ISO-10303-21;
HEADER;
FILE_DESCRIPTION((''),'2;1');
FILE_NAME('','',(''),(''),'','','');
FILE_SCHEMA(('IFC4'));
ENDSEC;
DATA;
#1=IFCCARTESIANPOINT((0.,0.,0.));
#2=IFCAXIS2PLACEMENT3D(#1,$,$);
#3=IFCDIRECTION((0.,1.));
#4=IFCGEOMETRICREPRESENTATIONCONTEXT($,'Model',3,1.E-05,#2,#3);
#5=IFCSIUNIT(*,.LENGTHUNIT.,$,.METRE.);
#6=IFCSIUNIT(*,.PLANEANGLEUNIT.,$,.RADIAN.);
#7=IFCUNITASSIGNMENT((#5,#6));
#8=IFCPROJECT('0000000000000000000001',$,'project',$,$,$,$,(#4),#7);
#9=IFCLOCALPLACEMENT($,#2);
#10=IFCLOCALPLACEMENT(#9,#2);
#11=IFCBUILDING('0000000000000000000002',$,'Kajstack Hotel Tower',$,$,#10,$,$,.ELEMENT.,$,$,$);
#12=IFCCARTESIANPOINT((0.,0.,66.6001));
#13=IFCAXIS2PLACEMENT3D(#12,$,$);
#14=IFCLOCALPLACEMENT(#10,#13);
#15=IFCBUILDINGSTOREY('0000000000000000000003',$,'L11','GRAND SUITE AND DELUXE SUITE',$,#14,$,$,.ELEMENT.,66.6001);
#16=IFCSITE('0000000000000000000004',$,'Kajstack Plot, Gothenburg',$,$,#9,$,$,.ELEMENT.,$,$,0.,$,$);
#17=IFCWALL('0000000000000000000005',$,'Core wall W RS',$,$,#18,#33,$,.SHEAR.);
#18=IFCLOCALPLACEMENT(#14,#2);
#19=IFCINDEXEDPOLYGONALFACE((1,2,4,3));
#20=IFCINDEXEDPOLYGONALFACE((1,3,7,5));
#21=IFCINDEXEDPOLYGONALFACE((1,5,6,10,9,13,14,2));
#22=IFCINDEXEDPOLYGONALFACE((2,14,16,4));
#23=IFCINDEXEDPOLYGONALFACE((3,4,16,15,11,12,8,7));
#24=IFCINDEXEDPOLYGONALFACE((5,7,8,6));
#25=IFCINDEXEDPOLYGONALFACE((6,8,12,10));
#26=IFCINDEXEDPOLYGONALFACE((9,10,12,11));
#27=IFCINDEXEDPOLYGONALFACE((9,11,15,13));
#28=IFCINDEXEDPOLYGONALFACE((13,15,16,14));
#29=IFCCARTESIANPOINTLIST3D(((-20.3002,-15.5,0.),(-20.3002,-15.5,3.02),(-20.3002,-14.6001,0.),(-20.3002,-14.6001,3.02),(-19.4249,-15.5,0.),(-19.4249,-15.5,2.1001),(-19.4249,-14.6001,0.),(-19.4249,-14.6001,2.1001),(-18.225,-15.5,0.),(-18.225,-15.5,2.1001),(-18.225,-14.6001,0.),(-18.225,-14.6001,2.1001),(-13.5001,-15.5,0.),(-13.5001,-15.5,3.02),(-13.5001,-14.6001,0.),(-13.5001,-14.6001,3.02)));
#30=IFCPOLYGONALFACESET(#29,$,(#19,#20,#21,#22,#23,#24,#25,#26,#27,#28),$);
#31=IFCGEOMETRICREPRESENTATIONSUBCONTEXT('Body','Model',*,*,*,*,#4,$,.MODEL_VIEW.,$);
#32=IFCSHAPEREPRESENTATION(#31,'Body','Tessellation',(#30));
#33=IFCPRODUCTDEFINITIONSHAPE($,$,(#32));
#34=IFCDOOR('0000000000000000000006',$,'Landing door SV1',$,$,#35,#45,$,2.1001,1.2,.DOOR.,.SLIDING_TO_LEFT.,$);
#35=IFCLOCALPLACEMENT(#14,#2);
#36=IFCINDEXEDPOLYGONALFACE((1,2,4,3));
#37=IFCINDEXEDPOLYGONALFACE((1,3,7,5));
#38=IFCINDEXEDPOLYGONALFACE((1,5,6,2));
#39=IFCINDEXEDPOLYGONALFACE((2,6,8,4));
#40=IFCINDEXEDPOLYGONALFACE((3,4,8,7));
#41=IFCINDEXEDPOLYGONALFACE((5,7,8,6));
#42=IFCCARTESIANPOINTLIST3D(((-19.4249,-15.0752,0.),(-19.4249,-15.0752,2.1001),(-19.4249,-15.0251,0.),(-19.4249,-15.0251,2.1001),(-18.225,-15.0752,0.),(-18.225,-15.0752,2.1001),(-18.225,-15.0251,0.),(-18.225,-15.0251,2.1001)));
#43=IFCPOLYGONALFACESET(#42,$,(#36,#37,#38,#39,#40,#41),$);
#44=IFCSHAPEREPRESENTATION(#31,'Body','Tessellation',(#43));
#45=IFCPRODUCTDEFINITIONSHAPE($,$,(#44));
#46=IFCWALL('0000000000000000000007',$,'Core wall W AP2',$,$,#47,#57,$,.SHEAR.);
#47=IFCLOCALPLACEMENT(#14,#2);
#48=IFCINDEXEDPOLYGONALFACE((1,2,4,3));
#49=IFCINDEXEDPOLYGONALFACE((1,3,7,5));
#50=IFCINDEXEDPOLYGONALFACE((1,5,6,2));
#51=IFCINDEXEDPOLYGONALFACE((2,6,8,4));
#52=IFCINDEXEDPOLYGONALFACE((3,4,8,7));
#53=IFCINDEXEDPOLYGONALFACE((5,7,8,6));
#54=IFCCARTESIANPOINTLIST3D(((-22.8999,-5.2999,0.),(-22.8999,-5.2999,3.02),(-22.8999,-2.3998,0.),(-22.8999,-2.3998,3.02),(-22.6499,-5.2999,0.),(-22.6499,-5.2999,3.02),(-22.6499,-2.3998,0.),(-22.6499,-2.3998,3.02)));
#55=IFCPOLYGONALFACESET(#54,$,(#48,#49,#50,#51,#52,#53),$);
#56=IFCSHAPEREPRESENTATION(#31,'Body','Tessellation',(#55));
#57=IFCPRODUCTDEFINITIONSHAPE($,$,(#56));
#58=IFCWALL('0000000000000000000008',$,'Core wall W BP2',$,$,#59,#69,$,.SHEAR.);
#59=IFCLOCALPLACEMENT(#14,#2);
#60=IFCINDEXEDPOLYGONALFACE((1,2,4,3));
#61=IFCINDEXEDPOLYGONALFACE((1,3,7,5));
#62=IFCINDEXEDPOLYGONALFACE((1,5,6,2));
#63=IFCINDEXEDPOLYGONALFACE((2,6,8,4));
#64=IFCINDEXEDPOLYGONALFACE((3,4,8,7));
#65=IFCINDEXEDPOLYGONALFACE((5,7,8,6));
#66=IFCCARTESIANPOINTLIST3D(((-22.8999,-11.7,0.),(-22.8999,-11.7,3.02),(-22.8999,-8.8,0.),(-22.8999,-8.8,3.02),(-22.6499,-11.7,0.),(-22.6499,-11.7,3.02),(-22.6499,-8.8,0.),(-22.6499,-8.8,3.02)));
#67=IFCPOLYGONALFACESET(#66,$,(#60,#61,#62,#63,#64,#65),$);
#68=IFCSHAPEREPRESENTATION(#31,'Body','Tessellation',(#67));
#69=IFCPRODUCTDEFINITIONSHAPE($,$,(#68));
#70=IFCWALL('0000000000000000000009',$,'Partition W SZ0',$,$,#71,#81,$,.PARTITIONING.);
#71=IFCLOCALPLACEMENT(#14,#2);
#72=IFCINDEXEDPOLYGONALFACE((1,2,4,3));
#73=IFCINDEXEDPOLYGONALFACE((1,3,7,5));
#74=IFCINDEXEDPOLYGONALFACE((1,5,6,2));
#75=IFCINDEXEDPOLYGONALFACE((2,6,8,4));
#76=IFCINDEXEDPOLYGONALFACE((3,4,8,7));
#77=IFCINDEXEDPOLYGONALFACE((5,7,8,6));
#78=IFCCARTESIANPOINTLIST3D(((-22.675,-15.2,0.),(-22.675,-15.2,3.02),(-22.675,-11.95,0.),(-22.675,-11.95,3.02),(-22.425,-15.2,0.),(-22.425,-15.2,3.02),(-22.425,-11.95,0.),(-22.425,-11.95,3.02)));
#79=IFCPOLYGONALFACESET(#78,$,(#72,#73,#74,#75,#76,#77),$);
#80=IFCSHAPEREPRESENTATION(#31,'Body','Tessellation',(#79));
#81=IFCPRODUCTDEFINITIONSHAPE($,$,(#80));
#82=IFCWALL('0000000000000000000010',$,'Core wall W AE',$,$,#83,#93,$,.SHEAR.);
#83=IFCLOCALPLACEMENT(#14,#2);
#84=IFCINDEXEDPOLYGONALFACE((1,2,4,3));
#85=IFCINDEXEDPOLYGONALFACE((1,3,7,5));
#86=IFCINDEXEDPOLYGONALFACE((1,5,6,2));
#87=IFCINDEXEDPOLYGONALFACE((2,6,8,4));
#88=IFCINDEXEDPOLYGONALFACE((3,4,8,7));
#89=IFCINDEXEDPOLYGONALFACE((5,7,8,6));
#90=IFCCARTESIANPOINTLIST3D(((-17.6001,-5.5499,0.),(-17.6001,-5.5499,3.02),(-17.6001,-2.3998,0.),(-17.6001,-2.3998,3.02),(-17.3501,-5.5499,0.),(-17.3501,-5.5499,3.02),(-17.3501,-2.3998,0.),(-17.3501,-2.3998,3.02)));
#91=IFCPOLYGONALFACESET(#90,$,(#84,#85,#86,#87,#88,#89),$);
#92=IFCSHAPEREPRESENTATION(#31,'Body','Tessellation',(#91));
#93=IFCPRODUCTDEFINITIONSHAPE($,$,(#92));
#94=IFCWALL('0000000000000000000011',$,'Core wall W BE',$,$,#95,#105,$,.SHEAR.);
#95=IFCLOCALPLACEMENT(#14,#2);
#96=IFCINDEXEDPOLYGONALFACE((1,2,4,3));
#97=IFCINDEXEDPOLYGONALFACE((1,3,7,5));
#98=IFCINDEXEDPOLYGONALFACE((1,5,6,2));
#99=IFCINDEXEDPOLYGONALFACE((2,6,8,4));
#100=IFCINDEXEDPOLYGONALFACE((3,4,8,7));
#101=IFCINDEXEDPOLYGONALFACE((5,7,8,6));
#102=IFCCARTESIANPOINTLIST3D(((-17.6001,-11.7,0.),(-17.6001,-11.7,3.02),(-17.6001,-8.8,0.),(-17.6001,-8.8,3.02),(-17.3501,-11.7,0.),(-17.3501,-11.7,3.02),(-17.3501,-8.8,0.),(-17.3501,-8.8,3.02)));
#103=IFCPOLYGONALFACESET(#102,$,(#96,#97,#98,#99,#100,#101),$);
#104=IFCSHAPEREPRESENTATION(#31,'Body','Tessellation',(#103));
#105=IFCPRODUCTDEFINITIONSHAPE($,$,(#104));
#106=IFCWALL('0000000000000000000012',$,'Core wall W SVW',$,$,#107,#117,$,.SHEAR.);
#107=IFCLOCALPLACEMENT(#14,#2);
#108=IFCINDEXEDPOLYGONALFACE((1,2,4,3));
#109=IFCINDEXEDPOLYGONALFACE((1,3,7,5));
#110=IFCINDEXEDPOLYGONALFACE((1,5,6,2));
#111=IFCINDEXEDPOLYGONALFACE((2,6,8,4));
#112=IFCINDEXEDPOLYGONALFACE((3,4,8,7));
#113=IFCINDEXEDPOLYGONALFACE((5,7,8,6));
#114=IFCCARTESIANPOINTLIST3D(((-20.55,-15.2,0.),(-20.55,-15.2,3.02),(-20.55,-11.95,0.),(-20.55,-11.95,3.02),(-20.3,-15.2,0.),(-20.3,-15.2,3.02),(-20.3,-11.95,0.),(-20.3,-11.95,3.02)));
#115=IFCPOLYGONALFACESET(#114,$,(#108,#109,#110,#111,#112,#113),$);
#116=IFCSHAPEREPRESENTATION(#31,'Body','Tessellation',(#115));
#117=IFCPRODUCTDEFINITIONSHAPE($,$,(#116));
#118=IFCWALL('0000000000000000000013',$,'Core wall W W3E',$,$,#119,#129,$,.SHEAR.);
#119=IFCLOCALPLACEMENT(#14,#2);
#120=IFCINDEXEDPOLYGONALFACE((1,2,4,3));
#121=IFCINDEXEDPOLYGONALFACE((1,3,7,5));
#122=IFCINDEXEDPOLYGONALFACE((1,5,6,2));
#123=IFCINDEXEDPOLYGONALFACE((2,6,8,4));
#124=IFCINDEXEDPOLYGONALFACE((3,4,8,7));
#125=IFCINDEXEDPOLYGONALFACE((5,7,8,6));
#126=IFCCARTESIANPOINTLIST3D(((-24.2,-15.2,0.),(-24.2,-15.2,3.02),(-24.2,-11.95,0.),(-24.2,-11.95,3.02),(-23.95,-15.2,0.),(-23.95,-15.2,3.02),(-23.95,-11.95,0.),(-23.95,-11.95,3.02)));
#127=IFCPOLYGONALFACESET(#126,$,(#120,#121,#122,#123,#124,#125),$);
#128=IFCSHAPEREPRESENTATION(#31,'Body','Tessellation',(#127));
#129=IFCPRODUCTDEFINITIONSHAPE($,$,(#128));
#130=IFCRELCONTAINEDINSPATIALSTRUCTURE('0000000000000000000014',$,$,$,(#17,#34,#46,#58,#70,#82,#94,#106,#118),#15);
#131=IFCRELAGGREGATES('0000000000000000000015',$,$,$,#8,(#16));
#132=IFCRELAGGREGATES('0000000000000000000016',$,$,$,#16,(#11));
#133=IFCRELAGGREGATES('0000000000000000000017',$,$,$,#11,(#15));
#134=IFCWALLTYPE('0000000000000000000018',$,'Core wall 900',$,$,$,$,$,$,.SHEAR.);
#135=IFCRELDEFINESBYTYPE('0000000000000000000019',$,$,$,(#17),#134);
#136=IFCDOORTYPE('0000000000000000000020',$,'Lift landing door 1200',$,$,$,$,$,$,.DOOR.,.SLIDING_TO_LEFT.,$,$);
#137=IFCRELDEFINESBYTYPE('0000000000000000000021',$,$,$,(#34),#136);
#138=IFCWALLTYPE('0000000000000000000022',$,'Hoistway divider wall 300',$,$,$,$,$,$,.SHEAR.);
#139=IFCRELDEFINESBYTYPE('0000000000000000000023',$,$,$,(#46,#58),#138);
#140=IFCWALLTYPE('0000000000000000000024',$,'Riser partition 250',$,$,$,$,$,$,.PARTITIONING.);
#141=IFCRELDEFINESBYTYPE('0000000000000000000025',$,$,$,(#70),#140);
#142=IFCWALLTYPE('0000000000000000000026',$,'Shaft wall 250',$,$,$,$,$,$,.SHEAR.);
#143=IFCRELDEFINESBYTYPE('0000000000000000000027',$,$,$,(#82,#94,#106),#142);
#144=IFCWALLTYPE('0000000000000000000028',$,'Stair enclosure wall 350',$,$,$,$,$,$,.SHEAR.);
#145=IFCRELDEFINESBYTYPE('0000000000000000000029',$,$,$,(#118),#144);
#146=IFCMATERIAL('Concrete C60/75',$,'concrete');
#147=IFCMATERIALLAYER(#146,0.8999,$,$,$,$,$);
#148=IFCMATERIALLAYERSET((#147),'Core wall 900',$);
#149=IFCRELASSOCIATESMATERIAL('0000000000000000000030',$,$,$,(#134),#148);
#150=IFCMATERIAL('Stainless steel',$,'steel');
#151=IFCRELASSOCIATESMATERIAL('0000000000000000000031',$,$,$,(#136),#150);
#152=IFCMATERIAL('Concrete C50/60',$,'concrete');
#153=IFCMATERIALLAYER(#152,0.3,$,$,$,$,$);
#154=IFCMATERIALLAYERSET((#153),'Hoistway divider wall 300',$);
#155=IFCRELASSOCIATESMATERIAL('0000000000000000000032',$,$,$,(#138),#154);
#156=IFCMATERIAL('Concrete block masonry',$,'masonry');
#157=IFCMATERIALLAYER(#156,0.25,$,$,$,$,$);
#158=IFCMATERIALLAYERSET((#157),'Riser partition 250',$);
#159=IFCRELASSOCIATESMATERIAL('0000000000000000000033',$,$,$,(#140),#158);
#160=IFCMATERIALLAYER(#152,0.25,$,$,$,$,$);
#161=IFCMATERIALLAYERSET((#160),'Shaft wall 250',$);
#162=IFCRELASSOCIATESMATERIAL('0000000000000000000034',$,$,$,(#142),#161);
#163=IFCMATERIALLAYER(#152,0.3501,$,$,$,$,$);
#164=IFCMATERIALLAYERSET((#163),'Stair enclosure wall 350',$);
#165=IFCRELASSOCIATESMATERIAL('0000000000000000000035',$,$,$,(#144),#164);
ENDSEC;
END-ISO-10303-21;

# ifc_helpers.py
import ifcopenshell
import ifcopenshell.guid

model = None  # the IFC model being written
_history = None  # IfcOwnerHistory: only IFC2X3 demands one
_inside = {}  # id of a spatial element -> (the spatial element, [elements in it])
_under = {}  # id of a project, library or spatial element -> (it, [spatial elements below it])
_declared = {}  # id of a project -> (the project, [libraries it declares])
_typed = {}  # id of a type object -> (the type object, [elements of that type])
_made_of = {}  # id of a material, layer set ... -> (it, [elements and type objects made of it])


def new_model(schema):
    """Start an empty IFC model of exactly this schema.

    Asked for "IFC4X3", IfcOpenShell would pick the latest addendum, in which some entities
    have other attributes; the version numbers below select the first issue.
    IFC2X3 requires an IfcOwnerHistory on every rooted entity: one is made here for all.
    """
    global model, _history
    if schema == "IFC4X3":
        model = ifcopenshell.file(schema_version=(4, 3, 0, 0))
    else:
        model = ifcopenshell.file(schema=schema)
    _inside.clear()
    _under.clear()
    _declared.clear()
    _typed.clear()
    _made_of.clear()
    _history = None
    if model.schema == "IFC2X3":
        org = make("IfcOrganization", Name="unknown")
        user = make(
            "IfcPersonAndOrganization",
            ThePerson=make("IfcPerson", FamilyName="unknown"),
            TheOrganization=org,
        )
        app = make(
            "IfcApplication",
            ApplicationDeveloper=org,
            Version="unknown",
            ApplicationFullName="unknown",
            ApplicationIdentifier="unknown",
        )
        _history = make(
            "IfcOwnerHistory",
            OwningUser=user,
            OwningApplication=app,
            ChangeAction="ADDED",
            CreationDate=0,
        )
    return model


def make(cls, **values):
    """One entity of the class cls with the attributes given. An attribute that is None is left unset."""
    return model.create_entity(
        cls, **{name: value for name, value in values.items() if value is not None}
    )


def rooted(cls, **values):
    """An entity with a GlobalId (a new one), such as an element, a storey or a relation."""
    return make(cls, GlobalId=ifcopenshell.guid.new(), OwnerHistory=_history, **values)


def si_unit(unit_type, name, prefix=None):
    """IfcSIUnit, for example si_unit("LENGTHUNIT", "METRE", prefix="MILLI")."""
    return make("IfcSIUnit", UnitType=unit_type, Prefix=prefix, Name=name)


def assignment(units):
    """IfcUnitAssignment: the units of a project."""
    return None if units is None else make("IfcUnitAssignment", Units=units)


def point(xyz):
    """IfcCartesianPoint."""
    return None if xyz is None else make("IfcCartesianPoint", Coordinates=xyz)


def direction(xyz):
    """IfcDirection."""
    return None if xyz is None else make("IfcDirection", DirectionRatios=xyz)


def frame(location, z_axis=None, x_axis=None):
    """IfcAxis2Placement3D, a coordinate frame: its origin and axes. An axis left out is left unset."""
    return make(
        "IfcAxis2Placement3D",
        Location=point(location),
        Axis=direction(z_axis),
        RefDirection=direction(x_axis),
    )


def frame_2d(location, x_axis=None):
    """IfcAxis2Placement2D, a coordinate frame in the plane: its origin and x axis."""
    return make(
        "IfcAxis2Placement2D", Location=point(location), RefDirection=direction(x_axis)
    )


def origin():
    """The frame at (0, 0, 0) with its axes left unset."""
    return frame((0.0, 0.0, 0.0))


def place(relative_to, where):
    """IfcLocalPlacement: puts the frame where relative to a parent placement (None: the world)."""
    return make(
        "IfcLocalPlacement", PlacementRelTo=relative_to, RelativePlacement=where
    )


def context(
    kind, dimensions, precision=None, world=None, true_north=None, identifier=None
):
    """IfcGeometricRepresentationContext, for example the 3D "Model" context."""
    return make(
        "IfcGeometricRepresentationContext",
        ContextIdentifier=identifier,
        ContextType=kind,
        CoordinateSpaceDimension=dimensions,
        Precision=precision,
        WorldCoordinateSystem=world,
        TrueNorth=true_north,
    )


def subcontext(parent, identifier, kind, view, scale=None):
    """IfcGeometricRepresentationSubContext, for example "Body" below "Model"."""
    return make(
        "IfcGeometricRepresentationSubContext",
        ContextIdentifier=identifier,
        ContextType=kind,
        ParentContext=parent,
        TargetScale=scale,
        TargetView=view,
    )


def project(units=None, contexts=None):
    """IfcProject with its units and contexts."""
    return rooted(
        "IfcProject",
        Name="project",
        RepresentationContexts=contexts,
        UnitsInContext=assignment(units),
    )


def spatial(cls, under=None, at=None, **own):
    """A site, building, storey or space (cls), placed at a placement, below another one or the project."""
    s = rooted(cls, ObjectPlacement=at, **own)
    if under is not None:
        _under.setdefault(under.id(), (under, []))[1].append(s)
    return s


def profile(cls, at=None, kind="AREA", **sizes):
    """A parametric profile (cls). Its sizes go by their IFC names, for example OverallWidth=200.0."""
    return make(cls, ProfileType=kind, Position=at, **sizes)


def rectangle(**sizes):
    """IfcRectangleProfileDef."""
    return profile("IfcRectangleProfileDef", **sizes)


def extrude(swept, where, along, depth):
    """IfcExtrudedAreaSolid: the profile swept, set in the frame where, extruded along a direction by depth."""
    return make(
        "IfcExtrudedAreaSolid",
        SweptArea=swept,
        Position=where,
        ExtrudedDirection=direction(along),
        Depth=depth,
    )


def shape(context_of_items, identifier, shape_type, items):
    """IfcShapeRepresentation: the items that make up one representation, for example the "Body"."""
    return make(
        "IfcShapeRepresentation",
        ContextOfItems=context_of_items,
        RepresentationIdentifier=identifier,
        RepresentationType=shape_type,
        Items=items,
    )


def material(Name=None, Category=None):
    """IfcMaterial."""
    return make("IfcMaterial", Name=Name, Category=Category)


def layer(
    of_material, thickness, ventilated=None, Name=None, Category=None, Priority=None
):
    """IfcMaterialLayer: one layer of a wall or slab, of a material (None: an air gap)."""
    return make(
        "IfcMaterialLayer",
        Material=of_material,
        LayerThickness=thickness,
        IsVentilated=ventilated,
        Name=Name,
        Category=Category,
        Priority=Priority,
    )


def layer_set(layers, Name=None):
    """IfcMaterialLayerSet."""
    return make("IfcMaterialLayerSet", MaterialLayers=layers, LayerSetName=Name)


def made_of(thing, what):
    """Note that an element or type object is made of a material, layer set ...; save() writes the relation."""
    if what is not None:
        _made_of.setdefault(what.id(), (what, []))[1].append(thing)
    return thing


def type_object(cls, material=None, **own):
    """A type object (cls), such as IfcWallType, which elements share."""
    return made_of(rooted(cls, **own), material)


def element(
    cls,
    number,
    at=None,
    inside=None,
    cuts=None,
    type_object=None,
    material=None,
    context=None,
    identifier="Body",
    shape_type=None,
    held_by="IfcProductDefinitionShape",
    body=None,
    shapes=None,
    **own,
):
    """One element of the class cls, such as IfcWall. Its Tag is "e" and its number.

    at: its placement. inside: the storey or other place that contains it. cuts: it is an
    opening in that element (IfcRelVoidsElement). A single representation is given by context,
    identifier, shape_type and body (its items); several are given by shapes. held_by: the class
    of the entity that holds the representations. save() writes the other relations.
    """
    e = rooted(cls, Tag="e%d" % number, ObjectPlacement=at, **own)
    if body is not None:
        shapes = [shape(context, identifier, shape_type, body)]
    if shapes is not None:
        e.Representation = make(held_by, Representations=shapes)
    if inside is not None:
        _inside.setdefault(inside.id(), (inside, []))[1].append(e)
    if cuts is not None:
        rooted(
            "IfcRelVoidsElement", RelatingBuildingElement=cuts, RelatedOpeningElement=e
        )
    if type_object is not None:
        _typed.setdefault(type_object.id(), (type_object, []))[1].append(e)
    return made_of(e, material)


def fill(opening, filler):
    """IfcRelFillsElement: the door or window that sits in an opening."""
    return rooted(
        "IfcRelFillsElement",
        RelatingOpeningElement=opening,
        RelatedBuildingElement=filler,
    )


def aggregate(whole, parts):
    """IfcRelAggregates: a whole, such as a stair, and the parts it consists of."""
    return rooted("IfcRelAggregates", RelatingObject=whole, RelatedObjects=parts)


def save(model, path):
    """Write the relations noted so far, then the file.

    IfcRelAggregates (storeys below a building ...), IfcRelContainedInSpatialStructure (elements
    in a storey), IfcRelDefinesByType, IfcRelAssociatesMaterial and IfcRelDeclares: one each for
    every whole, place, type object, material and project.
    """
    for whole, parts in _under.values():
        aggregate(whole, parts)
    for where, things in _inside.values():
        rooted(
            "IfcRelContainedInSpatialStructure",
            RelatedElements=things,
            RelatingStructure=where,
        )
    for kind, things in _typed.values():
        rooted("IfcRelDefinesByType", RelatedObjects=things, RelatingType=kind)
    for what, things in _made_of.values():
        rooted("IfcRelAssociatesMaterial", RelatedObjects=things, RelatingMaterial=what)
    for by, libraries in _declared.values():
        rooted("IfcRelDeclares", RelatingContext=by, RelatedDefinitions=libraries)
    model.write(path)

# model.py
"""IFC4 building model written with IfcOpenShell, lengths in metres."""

from ifc_helpers import new_model, si_unit, direction, frame, frame_2d, origin, place, context, subcontext, project, spatial, rectangle, extrude, material, layer, layer_set, type_object, element, fill, save


model = new_model("IFC4")

# Units and contexts
model_context = context("Model", 3, precision=1e-05, world=origin(), true_north=direction((0.0, 1.0)))
body_context = subcontext(model_context, "Body", "Model", "MODEL_VIEW")
ifc_project = project(units=[si_unit("LENGTHUNIT", "METRE"), si_unit("PLANEANGLEUNIT", "RADIAN")], contexts=[model_context])

# Site, building, storey
site_placement = place(None, origin())
site = spatial("IfcSite", under=ifc_project, at=site_placement, Name="Kajstack Plot, Gothenburg", CompositionType="ELEMENT", RefElevation=0.0)
building_placement = place(site_placement, origin())
building = spatial("IfcBuilding", under=site, at=building_placement, Name="Kajstack Hotel Tower", CompositionType="ELEMENT")
storey_placement = place(building_placement, frame((0.0, 0.0, 66.6001)))
storey = spatial("IfcBuildingStorey", under=building, at=storey_placement, Name="L11", Description="GRAND SUITE AND DELUXE SUITE", CompositionType="ELEMENT", Elevation=66.6001)

# Wall, opening, door
ifc_material_1 = material(Name="Concrete C60/75", Category="concrete")
ifc_layer_1 = layer(ifc_material_1, 0.8999)
ifc_layer_set_1 = layer_set([ifc_layer_1], Name="Core wall 900")
wall_type_1 = type_object("IfcWallType", Name="Core wall 900", PredefinedType="SHEAR", material=ifc_layer_set_1)
wall_1_placement = place(storey_placement, frame((-20.3, -15.05, 0.0), z_axis=(0.0, 0.0, 1.0), x_axis=(1.0, 0.0, 0.0)))
wall_1 = element("IfcWall", 1, at=wall_1_placement, inside=storey, type_object=wall_type_1, Name="Core wall W RS", PredefinedType="SHEAR", context=body_context, shape_type="SweptSolid", body=[
    extrude(rectangle(XDim=6.8, YDim=0.8999, at=frame_2d((3.3999, 0.0))), origin(), (0.0, 0.0, 1.0), 3.02),
])
opening_placement = place(wall_1_placement, frame((0.875, 0.0, 0.0)))
opening = element("IfcOpeningElement", 2, at=opening_placement, cuts=wall_1, PredefinedType="OPENING", context=body_context, shape_type="SweptSolid", body=[
    extrude(rectangle(XDim=1.2, YDim=2.1001, at=frame_2d((0.6001, 1.05))), frame((0.0, 0.46, 0.0), z_axis=(0.0, -1.0, 0.0), x_axis=(1.0, 0.0, 0.0)), (0.0, 0.0, 1.0), 0.9199),
])
ifc_material_2 = material(Name="Stainless steel", Category="steel")
door_type = type_object("IfcDoorType", Name="Lift landing door 1200", OperationType="SLIDING_TO_LEFT", PredefinedType="DOOR", material=ifc_material_2)
door_placement = place(opening_placement, origin())
door = element("IfcDoor", 3, at=door_placement, inside=storey, type_object=door_type, Name="Landing door SV1", OperationType="SLIDING_TO_LEFT", OverallHeight=2.1001, OverallWidth=1.2, PredefinedType="DOOR", context=body_context, shape_type="SweptSolid", body=[
    extrude(rectangle(XDim=1.2, YDim=2.1001, at=frame_2d((0.6001, 1.05))), frame((0.0, 0.0249, 0.0), z_axis=(0.0, -1.0, 0.0), x_axis=(1.0, 0.0, 0.0)), (0.0, 0.0, 1.0), 0.05),
])
fill(opening, door)

# Walls
ifc_material_3 = material(Name="Concrete C50/60", Category="concrete")
ifc_layer_2 = layer(ifc_material_3, 0.3)
ifc_layer_set_2 = layer_set([ifc_layer_2], Name="Hoistway divider wall 300")
wall_type_2 = type_object("IfcWallType", Name="Hoistway divider wall 300", PredefinedType="SHEAR", material=ifc_layer_set_2)
wall_2_placement = place(storey_placement, frame((-22.7749, -5.3, 0.0), z_axis=(0.0, 0.0, 1.0), x_axis=(0.0, 1.0, 0.0)))
element("IfcWall", 4, at=wall_2_placement, inside=storey, type_object=wall_type_2, Name="Core wall W AP2", PredefinedType="SHEAR", context=body_context, shape_type="SweptSolid", body=[
    extrude(rectangle(XDim=2.9001, YDim=0.25, at=frame_2d((1.4502, 0.0))), origin(), (0.0, 0.0, 1.0), 3.02),
])
wall_3_placement = place(storey_placement, frame((-22.7749, -11.7, 0.0), z_axis=(0.0, 0.0, 1.0), x_axis=(0.0, 1.0, 0.0)))
element("IfcWall", 5, at=wall_3_placement, inside=storey, type_object=wall_type_2, Name="Core wall W BP2", PredefinedType="SHEAR", context=body_context, shape_type="SweptSolid", body=[
    extrude(rectangle(XDim=2.8999, YDim=0.25, at=frame_2d((1.45, 0.0))), origin(), (0.0, 0.0, 1.0), 3.02),
])
ifc_material_4 = material(Name="Concrete block masonry", Category="masonry")
ifc_layer_3 = layer(ifc_material_4, 0.25)
ifc_layer_set_3 = layer_set([ifc_layer_3], Name="Riser partition 250")
wall_type_3 = type_object("IfcWallType", Name="Riser partition 250", PredefinedType="PARTITIONING", material=ifc_layer_set_3)
wall_4_placement = place(storey_placement, frame((-22.55, -15.2, 0.0), z_axis=(0.0, 0.0, 1.0), x_axis=(0.0, 1.0, 0.0)))
element("IfcWall", 6, at=wall_4_placement, inside=storey, type_object=wall_type_3, Name="Partition W SZ0", PredefinedType="PARTITIONING", context=body_context, shape_type="SweptSolid", body=[
    extrude(rectangle(XDim=3.25, YDim=0.25, at=frame_2d((1.625, 0.0))), origin(), (0.0, 0.0, 1.0), 3.02),
])
ifc_layer_4 = layer(ifc_material_3, 0.25)
ifc_layer_set_4 = layer_set([ifc_layer_4], Name="Shaft wall 250")
wall_type_4 = type_object("IfcWallType", Name="Shaft wall 250", PredefinedType="SHEAR", material=ifc_layer_set_4)
wall_5_placement = place(storey_placement, frame((-17.4751, -5.55, 0.0), z_axis=(0.0, 0.0, 1.0), x_axis=(0.0, 1.0, 0.0)))
element("IfcWall", 7, at=wall_5_placement, inside=storey, type_object=wall_type_4, Name="Core wall W AE", PredefinedType="SHEAR", context=body_context, shape_type="SweptSolid", body=[
    extrude(rectangle(XDim=3.1501, YDim=0.25, at=frame_2d((1.5752, 0.0))), origin(), (0.0, 0.0, 1.0), 3.02),
])
wall_6_placement = place(storey_placement, frame((-17.4751, -11.7, 0.0), z_axis=(0.0, 0.0, 1.0), x_axis=(0.0, 1.0, 0.0)))
element("IfcWall", 8, at=wall_6_placement, inside=storey, type_object=wall_type_4, Name="Core wall W BE", PredefinedType="SHEAR", context=body_context, shape_type="SweptSolid", body=[
    extrude(rectangle(XDim=2.8999, YDim=0.25, at=frame_2d((1.45, 0.0))), origin(), (0.0, 0.0, 1.0), 3.02),
])
wall_7_placement = place(storey_placement, frame((-20.425, -15.2, 0.0), z_axis=(0.0, 0.0, 1.0), x_axis=(0.0, 1.0, 0.0)))
element("IfcWall", 9, at=wall_7_placement, inside=storey, type_object=wall_type_4, Name="Core wall W SVW", PredefinedType="SHEAR", context=body_context, shape_type="SweptSolid", body=[
    extrude(rectangle(XDim=3.25, YDim=0.25, at=frame_2d((1.625, 0.0))), origin(), (0.0, 0.0, 1.0), 3.02),
])
ifc_layer_5 = layer(ifc_material_3, 0.3501)
ifc_layer_set_5 = layer_set([ifc_layer_5], Name="Stair enclosure wall 350")
wall_type_5 = type_object("IfcWallType", Name="Stair enclosure wall 350", PredefinedType="SHEAR", material=ifc_layer_set_5)
wall_8_placement = place(storey_placement, frame((-24.075, -15.2, 0.0), z_axis=(0.0, 0.0, 1.0), x_axis=(0.0, 1.0, 0.0)))
element("IfcWall", 10, at=wall_8_placement, inside=storey, type_object=wall_type_5, Name="Core wall W W3E", PredefinedType="SHEAR", context=body_context, shape_type="SweptSolid", body=[
    extrude(rectangle(XDim=3.25, YDim=0.25, at=frame_2d((1.625, 0.0))), origin(), (0.0, 0.0, 1.0), 3.02),
])

save(model, "model.ifc")
